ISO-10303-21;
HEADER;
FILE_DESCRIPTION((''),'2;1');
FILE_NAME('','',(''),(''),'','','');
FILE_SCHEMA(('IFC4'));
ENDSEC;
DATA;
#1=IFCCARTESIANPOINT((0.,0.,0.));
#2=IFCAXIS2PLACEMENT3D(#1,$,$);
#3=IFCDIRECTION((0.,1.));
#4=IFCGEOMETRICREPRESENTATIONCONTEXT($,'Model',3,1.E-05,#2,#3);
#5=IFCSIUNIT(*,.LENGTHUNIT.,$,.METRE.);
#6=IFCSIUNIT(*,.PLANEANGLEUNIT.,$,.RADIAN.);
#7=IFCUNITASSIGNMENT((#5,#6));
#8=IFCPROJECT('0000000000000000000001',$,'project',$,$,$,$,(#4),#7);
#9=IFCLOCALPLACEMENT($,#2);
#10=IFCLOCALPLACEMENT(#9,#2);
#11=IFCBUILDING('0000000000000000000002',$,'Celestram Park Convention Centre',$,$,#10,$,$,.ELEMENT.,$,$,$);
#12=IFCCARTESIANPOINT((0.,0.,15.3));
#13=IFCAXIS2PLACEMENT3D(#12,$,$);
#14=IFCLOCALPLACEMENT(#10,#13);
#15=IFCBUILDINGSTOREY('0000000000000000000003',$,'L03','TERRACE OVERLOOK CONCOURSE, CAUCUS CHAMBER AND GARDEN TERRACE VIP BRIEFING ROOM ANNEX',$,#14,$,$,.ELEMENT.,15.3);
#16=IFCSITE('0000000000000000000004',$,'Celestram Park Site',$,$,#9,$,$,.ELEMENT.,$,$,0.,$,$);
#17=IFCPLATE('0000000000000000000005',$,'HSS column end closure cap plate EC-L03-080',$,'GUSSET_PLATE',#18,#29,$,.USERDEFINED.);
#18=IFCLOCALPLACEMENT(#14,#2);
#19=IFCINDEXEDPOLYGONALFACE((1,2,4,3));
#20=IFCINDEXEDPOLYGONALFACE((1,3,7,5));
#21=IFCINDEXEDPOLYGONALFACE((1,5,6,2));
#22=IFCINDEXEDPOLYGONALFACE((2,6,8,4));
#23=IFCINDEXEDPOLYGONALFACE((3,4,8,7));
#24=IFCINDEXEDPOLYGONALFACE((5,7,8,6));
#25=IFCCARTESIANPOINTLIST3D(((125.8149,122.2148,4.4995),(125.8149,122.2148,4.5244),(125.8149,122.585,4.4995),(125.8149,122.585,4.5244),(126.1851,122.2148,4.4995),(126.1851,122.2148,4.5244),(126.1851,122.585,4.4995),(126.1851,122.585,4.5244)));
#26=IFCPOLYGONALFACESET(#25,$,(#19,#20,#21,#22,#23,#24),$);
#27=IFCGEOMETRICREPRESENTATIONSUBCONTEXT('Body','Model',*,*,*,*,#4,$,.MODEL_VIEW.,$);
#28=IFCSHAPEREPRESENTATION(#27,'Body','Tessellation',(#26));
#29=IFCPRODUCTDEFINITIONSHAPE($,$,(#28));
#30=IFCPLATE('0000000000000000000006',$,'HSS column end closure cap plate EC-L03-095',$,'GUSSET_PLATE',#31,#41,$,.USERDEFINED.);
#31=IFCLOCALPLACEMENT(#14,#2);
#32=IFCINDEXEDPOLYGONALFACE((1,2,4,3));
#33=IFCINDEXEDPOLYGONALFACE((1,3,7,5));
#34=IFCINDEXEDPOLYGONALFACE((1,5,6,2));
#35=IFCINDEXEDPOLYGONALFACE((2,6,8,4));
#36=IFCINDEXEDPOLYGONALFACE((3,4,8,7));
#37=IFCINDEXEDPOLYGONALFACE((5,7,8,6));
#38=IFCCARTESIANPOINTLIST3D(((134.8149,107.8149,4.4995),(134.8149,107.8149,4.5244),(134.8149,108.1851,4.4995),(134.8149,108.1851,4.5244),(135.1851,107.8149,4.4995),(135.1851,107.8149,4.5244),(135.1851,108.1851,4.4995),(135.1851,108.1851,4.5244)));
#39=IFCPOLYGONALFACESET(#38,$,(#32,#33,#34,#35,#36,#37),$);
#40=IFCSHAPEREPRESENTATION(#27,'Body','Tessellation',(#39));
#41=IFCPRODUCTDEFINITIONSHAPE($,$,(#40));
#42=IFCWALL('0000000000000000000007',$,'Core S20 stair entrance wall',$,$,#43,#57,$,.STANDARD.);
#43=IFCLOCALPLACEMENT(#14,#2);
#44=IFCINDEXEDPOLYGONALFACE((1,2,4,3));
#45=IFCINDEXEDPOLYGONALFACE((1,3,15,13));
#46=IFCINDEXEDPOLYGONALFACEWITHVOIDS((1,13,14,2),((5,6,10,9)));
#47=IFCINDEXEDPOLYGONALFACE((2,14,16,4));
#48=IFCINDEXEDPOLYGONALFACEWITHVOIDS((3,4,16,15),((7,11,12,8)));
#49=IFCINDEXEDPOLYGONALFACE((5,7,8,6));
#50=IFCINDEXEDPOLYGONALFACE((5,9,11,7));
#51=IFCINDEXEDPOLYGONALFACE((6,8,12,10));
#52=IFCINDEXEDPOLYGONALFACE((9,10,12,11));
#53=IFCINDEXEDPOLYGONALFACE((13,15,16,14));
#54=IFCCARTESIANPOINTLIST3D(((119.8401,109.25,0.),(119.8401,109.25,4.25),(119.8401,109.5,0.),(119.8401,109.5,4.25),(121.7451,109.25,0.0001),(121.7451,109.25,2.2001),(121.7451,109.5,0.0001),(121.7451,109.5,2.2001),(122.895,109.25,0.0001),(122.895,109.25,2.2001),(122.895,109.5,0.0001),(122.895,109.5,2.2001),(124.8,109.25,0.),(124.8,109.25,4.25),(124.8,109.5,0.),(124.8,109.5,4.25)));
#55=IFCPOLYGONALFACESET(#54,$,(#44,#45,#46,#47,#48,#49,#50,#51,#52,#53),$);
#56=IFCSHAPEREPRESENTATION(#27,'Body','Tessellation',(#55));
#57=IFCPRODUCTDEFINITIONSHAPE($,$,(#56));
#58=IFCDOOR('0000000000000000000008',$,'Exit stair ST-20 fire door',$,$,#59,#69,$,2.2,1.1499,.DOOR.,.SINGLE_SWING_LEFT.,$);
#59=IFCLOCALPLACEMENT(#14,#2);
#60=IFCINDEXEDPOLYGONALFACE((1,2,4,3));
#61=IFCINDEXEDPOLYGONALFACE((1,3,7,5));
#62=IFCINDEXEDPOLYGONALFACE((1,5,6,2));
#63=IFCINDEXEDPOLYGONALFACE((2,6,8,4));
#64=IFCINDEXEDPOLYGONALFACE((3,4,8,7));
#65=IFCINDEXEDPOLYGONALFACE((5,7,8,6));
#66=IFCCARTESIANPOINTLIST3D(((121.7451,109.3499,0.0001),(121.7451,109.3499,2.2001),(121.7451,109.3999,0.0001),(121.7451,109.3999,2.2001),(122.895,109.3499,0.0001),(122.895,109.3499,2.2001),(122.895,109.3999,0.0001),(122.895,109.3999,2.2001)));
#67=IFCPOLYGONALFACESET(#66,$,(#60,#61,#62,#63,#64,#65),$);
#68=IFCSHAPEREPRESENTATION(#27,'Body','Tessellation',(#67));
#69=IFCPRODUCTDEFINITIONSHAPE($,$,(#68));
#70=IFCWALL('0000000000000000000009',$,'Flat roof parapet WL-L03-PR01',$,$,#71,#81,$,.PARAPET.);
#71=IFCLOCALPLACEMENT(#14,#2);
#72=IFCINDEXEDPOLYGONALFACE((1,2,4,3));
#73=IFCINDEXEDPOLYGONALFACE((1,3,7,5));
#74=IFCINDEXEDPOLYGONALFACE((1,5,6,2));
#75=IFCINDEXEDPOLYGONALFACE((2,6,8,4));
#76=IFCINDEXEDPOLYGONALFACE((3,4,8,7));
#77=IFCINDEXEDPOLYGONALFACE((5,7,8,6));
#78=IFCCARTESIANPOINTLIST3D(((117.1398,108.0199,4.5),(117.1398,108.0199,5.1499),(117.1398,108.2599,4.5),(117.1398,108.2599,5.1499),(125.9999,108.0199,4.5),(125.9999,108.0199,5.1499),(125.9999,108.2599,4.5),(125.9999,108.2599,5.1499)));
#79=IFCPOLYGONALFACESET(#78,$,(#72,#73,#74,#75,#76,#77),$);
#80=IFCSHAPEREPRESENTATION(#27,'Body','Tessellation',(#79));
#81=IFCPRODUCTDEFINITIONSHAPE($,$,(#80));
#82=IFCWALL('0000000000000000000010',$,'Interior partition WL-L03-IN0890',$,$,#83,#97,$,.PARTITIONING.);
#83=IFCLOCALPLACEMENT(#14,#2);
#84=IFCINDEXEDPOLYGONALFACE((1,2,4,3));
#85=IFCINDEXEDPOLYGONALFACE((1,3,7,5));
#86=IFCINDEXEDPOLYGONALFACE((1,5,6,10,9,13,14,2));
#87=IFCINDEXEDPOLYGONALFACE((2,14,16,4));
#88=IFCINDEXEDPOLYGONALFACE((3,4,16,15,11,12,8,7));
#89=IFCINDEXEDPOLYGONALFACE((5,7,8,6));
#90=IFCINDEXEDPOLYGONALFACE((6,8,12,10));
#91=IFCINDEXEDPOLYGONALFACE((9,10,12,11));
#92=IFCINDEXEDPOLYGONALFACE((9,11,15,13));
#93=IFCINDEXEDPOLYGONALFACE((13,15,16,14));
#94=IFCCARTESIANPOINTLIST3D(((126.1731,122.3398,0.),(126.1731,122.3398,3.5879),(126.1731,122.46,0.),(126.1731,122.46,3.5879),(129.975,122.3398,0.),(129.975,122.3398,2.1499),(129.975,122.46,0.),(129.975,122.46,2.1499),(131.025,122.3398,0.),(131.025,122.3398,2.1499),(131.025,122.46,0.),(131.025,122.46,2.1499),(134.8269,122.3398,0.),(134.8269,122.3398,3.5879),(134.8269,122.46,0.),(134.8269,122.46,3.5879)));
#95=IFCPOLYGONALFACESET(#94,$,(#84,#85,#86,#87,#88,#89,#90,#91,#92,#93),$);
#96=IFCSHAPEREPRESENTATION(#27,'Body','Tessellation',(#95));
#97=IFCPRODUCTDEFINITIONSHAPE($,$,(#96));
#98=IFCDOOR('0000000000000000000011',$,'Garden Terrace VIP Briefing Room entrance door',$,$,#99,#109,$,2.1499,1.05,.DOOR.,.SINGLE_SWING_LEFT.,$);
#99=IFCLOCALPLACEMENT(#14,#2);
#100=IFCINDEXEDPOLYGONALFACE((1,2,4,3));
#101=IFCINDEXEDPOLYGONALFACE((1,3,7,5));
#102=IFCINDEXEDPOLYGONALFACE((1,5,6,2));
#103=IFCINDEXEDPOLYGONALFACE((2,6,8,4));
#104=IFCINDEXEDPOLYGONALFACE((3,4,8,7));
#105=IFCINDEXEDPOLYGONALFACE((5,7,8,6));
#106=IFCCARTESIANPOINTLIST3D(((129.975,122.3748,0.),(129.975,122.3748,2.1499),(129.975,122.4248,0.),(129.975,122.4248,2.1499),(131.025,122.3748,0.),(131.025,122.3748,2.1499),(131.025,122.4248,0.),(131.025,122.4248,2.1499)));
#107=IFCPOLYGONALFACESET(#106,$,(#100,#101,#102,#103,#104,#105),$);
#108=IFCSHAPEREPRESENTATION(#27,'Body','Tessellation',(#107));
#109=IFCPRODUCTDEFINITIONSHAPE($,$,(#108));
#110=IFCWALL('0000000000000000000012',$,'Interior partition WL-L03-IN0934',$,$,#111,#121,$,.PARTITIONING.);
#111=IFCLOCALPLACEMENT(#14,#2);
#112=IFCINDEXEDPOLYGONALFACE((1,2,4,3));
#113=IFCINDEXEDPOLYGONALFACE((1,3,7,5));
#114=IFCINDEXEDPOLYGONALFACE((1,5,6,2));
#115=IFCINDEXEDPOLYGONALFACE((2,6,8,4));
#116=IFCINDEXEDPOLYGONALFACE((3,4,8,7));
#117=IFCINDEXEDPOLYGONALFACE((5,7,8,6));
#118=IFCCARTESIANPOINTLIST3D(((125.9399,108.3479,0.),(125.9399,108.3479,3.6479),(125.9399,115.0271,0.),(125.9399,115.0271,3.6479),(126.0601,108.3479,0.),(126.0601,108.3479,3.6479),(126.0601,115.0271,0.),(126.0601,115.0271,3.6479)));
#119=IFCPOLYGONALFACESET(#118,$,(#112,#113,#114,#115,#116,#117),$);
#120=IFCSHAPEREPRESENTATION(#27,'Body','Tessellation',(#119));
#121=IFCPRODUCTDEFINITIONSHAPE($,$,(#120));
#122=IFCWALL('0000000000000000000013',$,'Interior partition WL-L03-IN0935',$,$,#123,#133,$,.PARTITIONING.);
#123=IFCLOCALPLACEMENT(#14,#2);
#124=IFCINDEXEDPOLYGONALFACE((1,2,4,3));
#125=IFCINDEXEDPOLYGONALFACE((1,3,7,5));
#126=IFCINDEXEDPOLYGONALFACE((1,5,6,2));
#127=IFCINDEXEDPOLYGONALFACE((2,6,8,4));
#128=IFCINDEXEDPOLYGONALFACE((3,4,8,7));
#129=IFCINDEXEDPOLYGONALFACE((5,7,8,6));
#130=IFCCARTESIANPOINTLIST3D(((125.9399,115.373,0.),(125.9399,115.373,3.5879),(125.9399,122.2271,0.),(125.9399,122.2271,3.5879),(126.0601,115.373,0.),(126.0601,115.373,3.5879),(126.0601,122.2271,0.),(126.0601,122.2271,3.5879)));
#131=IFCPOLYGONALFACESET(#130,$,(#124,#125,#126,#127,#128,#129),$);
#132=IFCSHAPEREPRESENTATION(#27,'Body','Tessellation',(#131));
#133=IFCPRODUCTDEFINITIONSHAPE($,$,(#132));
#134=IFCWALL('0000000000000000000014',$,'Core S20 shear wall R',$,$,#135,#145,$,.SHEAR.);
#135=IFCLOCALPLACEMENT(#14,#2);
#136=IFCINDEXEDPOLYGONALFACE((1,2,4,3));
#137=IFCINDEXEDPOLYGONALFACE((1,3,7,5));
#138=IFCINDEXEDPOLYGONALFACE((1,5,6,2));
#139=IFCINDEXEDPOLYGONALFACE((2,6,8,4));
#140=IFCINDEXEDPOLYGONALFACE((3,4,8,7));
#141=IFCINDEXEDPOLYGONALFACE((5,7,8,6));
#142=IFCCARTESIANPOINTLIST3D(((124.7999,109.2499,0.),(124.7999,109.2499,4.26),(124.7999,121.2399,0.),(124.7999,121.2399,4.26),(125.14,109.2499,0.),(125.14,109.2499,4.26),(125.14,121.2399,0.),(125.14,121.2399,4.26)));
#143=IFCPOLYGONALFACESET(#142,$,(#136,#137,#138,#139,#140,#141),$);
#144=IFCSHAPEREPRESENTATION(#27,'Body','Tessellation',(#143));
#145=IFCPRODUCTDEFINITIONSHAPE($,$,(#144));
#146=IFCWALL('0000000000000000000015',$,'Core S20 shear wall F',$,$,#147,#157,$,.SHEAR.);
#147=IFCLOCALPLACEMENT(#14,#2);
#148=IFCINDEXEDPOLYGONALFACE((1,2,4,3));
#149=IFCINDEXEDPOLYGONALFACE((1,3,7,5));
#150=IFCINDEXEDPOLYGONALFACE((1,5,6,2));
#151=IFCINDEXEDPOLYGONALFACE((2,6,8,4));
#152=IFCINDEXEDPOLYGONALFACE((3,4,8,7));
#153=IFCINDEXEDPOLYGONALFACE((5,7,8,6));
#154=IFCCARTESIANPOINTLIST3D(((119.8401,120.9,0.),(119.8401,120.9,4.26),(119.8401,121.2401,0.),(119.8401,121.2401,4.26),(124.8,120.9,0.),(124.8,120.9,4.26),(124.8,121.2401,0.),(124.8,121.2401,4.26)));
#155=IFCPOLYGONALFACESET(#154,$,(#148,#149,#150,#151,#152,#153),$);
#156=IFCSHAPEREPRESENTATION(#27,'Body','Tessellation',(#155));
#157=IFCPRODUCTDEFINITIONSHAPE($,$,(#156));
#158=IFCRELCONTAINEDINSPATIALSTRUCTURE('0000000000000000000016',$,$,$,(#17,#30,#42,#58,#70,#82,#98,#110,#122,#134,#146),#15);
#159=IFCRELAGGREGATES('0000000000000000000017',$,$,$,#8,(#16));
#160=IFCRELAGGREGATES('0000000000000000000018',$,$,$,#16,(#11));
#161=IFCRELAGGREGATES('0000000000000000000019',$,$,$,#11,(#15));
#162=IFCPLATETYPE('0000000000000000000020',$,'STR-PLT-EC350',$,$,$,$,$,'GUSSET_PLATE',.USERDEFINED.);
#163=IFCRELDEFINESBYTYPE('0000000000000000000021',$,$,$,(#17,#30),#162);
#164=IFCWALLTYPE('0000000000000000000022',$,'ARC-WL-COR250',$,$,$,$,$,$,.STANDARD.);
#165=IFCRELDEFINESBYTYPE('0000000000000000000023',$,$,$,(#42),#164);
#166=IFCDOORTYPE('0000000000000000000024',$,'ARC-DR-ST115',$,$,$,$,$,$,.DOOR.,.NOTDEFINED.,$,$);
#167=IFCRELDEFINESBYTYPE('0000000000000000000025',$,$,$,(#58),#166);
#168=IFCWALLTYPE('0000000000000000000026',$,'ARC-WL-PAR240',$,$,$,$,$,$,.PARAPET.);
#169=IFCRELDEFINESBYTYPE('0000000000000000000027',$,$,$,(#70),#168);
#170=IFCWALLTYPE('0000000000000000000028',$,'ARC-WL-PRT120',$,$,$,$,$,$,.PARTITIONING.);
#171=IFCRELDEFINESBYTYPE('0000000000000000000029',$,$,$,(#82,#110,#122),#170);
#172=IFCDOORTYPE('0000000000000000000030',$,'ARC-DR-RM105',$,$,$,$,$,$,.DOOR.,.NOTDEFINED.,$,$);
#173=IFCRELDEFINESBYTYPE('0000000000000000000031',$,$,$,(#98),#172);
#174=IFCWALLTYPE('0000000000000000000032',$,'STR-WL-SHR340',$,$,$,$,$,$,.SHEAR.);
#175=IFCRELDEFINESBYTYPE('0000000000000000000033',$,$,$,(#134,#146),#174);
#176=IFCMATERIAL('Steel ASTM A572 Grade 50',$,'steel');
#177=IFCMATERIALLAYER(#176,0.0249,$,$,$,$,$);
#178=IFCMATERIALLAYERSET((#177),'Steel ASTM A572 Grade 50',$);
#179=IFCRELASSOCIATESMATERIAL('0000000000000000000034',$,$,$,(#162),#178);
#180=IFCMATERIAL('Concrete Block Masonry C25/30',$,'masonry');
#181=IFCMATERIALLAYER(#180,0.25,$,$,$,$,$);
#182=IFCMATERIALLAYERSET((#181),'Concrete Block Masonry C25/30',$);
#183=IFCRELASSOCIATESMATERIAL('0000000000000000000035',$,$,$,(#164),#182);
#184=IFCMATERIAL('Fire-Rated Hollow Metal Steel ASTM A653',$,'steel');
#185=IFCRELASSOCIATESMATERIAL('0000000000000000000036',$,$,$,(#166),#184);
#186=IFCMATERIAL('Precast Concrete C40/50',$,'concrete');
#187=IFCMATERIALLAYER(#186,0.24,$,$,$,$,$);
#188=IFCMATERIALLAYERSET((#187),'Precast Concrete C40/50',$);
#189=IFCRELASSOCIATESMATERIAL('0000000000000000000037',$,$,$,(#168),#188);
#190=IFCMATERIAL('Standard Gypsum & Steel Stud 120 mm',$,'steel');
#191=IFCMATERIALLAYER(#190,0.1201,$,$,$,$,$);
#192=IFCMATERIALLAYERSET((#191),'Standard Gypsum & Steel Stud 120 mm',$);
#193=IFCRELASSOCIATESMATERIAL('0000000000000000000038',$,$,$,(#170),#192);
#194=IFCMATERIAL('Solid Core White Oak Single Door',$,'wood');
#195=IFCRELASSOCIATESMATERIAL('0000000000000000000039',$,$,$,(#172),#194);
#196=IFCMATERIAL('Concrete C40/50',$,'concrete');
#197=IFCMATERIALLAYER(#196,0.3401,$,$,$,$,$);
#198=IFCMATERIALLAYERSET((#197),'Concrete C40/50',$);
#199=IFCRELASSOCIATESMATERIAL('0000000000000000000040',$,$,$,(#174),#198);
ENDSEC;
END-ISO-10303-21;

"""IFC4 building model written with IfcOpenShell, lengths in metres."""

from ifc_helpers import new_model, si_unit, direction, frame, frame_2d, origin, origin_2d, place, context, subcontext, project, spatial, rectangle, extrude, material, layer, layer_set, type_object, element, fill, save


model = new_model("IFC4")

# Units and contexts
model_context = context("Model", 3, precision=1e-05, world=origin(), true_north=direction((0.0, 1.0)))
body_context = subcontext(model_context, "Body", "Model", "MODEL_VIEW")
ifc_project = project(units=[si_unit("LENGTHUNIT", "METRE"), si_unit("PLANEANGLEUNIT", "RADIAN")], contexts=[model_context])

# Site, building, storey
site_placement = place(None, origin())
site = spatial("IfcSite", under=ifc_project, at=site_placement, Name="Celestram Park Site", CompositionType="ELEMENT", RefElevation=0.0)
building_placement = place(site_placement, origin())
building = spatial("IfcBuilding", under=site, at=building_placement, Name="Celestram Park Convention Centre", CompositionType="ELEMENT")
storey_placement = place(building_placement, frame((0.0, 0.0, 15.3)))
storey = spatial("IfcBuildingStorey", under=building, at=storey_placement, Name="L03", Description="TERRACE OVERLOOK CONCOURSE, CAUCUS CHAMBER AND GARDEN TERRACE VIP BRIEFING ROOM ANNEX", CompositionType="ELEMENT", Elevation=15.3)

# Plates
ifc_material_1 = material(Name="Steel ASTM A572 Grade 50", Category="steel")
ifc_layer_1 = layer(ifc_material_1, 0.0249)
ifc_layer_set_1 = layer_set([ifc_layer_1], Name="Steel ASTM A572 Grade 50")
plate_type = type_object("IfcPlateType", Name="STR-PLT-EC350", ElementType="GUSSET_PLATE", PredefinedType="USERDEFINED", material=ifc_layer_set_1)
for number, where, z_axis, x_axis, name in (
    (1, (126.0, 122.3999, 4.4995), (0.0, 0.0, 1.0), (1.0, 0.0, 0.0), "HSS column end closure cap plate EC-L03-080"),
    (2, (135.0, 108.0, 4.4995), (0.0, 0.0, 1.0), (1.0, 0.0, 0.0), "HSS column end closure cap plate EC-L03-095"),
):
    element("IfcPlate", number, at=place(storey_placement, frame(where, z_axis=z_axis, x_axis=x_axis)), inside=storey, type_object=plate_type, Name=name, ObjectType="GUSSET_PLATE", PredefinedType="USERDEFINED", context=body_context, shape_type="SweptSolid", body=[
        extrude(rectangle(XDim=0.3701, YDim=0.3701, at=origin_2d()), origin(), (0.0, 0.0, 1.0), 0.0249),
    ])

# Wall, opening, door
ifc_material_2 = material(Name="Concrete Block Masonry C25/30", Category="masonry")
ifc_layer_2 = layer(ifc_material_2, 0.25)
ifc_layer_set_2 = layer_set([ifc_layer_2], Name="Concrete Block Masonry C25/30")
wall_type_1 = type_object("IfcWallType", Name="ARC-WL-COR250", PredefinedType="STANDARD", material=ifc_layer_set_2)
wall_1_placement = place(storey_placement, frame((119.8401, 109.375, 0.0), z_axis=(0.0, 0.0, 1.0), x_axis=(1.0, 0.0, 0.0)))
wall_1 = element("IfcWall", 3, at=wall_1_placement, inside=storey, type_object=wall_type_1, Name="Core S20 stair entrance wall", PredefinedType="STANDARD", context=body_context, shape_type="SweptSolid", body=[
    extrude(rectangle(XDim=4.96, YDim=0.25, at=frame_2d((2.48, 0.0))), origin(), (0.0, 0.0, 1.0), 4.25),
])
opening_1_placement = place(wall_1_placement, frame((1.905, 0.0, 0.0)))
opening_1 = element("IfcOpeningElement", 4, at=opening_1_placement, cuts=wall_1, PredefinedType="OPENING", context=body_context, shape_type="SweptSolid", body=[
    extrude(rectangle(XDim=1.1499, YDim=2.2, at=frame_2d((0.575, 1.1001))), frame((0.0, 0.135, 0.0), z_axis=(0.0, -1.0, 0.0), x_axis=(1.0, 0.0, 0.0)), (0.0, 0.0, 1.0), 0.27),
])
ifc_material_3 = material(Name="Fire-Rated Hollow Metal Steel ASTM A653", Category="steel")
door_type_1 = type_object("IfcDoorType", Name="ARC-DR-ST115", OperationType="NOTDEFINED", PredefinedType="DOOR", material=ifc_material_3)
door_1_placement = place(opening_1_placement, origin())
door_1 = element("IfcDoor", 5, at=door_1_placement, inside=storey, type_object=door_type_1, Name="Exit stair ST-20 fire door", OperationType="SINGLE_SWING_LEFT", OverallHeight=2.2, OverallWidth=1.1499, PredefinedType="DOOR", context=body_context, shape_type="SweptSolid", body=[
    extrude(rectangle(XDim=1.1499, YDim=2.2, at=frame_2d((0.575, 1.1001))), frame((0.0, 0.0249, 0.0), z_axis=(0.0, -1.0, 0.0), x_axis=(1.0, 0.0, 0.0)), (0.0, 0.0, 1.0), 0.05),
])
fill(opening_1, door_1)

# Wall
ifc_material_4 = material(Name="Precast Concrete C40/50", Category="concrete")
ifc_layer_3 = layer(ifc_material_4, 0.24)
ifc_layer_set_3 = layer_set([ifc_layer_3], Name="Precast Concrete C40/50")
wall_type_2 = type_object("IfcWallType", Name="ARC-WL-PAR240", PredefinedType="PARAPET", material=ifc_layer_set_3)
wall_2_placement = place(storey_placement, frame((126.0, 108.1399, 4.5), z_axis=(0.0, 0.0, 1.0), x_axis=(-1.0, 0.0, 0.0)))
element("IfcWall", 6, at=wall_2_placement, inside=storey, type_object=wall_type_2, Name="Flat roof parapet WL-L03-PR01", PredefinedType="PARAPET", context=body_context, shape_type="SweptSolid", body=[
    extrude(rectangle(XDim=8.8601, YDim=0.24, at=frame_2d((4.4302, 0.0))), origin(), (0.0, 0.0, 1.0), 0.6499),
])

# Wall, opening, door
ifc_material_5 = material(Name="Standard Gypsum & Steel Stud 120 mm", Category="steel")
ifc_layer_4 = layer(ifc_material_5, 0.1201)
ifc_layer_set_4 = layer_set([ifc_layer_4], Name="Standard Gypsum & Steel Stud 120 mm")
wall_type_3 = type_object("IfcWallType", Name="ARC-WL-PRT120", PredefinedType="PARTITIONING", material=ifc_layer_set_4)
wall_3_placement = place(storey_placement, frame((126.1731, 122.3999, 0.0), z_axis=(0.0, 0.0, 1.0), x_axis=(1.0, 0.0, 0.0)))
wall_3 = element("IfcWall", 7, at=wall_3_placement, inside=storey, type_object=wall_type_3, Name="Interior partition WL-L03-IN0890", PredefinedType="PARTITIONING", context=body_context, shape_type="SweptSolid", body=[
    extrude(rectangle(XDim=8.6538, YDim=0.1201, at=frame_2d((4.3269, 0.0))), origin(), (0.0, 0.0, 1.0), 3.5879),
])
opening_2_placement = place(wall_3_placement, frame((3.802, 0.0, 0.0)))
opening_2 = element("IfcOpeningElement", 8, at=opening_2_placement, cuts=wall_3, PredefinedType="OPENING", context=body_context, shape_type="SweptSolid", body=[
    extrude(rectangle(XDim=1.05, YDim=2.1499, at=frame_2d((0.5249, 1.075))), frame((0.0, 0.0701, 0.0), z_axis=(0.0, -1.0, 0.0), x_axis=(1.0, 0.0, 0.0)), (0.0, 0.0, 1.0), 0.1401),
])
ifc_material_6 = material(Name="Solid Core White Oak Single Door", Category="wood")
door_type_2 = type_object("IfcDoorType", Name="ARC-DR-RM105", OperationType="NOTDEFINED", PredefinedType="DOOR", material=ifc_material_6)
door_2_placement = place(opening_2_placement, origin())
door_2 = element("IfcDoor", 9, at=door_2_placement, inside=storey, type_object=door_type_2, Name="Garden Terrace VIP Briefing Room entrance door", OperationType="SINGLE_SWING_LEFT", OverallHeight=2.1499, OverallWidth=1.05, PredefinedType="DOOR", context=body_context, shape_type="SweptSolid", body=[
    extrude(rectangle(XDim=1.05, YDim=2.1499, at=frame_2d((0.5249, 1.075))), frame((0.0, 0.0249, 0.0), z_axis=(0.0, -1.0, 0.0), x_axis=(1.0, 0.0, 0.0)), (0.0, 0.0, 1.0), 0.05),
])
fill(opening_2, door_2)

# Walls
wall_4_placement = place(storey_placement, frame((126.0, 108.3479, 0.0), z_axis=(0.0, 0.0, 1.0), x_axis=(0.0, 1.0, 0.0)))
element("IfcWall", 10, at=wall_4_placement, inside=storey, type_object=wall_type_3, Name="Interior partition WL-L03-IN0934", PredefinedType="PARTITIONING", context=body_context, shape_type="SweptSolid", body=[
    extrude(rectangle(XDim=6.6792, YDim=0.1201, at=frame_2d((3.3396, 0.0))), origin(), (0.0, 0.0, 1.0), 3.6479),
])
wall_5_placement = place(storey_placement, frame((126.0, 115.373, 0.0), z_axis=(0.0, 0.0, 1.0), x_axis=(0.0, 1.0, 0.0)))
element("IfcWall", 11, at=wall_5_placement, inside=storey, type_object=wall_type_3, Name="Interior partition WL-L03-IN0935", PredefinedType="PARTITIONING", context=body_context, shape_type="SweptSolid", body=[
    extrude(rectangle(XDim=6.854, YDim=0.1201, at=frame_2d((3.427, 0.0))), origin(), (0.0, 0.0, 1.0), 3.5879),
])
ifc_material_7 = material(Name="Concrete C40/50", Category="concrete")
ifc_layer_5 = layer(ifc_material_7, 0.3401)
ifc_layer_set_5 = layer_set([ifc_layer_5], Name="Concrete C40/50")
wall_type_4 = type_object("IfcWallType", Name="STR-WL-SHR340", PredefinedType="SHEAR", material=ifc_layer_set_5)
wall_6_placement = place(storey_placement, frame((124.97, 121.24, 0.0), z_axis=(0.0, 0.0, 1.0), x_axis=(0.0, -1.0, 0.0)))
element("IfcWall", 12, at=wall_6_placement, inside=storey, type_object=wall_type_4, Name="Core S20 shear wall R", PredefinedType="SHEAR", context=body_context, shape_type="SweptSolid", body=[
    extrude(rectangle(XDim=11.99, YDim=0.3401, at=frame_2d((5.9951, 0.0))), origin(), (0.0, 0.0, 1.0), 4.26),
])
wall_7_placement = place(storey_placement, frame((119.8401, 121.0701, 0.0), z_axis=(0.0, 0.0, 1.0), x_axis=(1.0, 0.0, 0.0)))
element("IfcWall", 13, at=wall_7_placement, inside=storey, type_object=wall_type_4, Name="Core S20 shear wall F", PredefinedType="SHEAR", context=body_context, shape_type="SweptSolid", body=[
    extrude(rectangle(XDim=4.96, YDim=0.3401, at=frame_2d((2.48, 0.0))), origin(), (0.0, 0.0, 1.0), 4.26),
])

save(model, "model.ifc")
